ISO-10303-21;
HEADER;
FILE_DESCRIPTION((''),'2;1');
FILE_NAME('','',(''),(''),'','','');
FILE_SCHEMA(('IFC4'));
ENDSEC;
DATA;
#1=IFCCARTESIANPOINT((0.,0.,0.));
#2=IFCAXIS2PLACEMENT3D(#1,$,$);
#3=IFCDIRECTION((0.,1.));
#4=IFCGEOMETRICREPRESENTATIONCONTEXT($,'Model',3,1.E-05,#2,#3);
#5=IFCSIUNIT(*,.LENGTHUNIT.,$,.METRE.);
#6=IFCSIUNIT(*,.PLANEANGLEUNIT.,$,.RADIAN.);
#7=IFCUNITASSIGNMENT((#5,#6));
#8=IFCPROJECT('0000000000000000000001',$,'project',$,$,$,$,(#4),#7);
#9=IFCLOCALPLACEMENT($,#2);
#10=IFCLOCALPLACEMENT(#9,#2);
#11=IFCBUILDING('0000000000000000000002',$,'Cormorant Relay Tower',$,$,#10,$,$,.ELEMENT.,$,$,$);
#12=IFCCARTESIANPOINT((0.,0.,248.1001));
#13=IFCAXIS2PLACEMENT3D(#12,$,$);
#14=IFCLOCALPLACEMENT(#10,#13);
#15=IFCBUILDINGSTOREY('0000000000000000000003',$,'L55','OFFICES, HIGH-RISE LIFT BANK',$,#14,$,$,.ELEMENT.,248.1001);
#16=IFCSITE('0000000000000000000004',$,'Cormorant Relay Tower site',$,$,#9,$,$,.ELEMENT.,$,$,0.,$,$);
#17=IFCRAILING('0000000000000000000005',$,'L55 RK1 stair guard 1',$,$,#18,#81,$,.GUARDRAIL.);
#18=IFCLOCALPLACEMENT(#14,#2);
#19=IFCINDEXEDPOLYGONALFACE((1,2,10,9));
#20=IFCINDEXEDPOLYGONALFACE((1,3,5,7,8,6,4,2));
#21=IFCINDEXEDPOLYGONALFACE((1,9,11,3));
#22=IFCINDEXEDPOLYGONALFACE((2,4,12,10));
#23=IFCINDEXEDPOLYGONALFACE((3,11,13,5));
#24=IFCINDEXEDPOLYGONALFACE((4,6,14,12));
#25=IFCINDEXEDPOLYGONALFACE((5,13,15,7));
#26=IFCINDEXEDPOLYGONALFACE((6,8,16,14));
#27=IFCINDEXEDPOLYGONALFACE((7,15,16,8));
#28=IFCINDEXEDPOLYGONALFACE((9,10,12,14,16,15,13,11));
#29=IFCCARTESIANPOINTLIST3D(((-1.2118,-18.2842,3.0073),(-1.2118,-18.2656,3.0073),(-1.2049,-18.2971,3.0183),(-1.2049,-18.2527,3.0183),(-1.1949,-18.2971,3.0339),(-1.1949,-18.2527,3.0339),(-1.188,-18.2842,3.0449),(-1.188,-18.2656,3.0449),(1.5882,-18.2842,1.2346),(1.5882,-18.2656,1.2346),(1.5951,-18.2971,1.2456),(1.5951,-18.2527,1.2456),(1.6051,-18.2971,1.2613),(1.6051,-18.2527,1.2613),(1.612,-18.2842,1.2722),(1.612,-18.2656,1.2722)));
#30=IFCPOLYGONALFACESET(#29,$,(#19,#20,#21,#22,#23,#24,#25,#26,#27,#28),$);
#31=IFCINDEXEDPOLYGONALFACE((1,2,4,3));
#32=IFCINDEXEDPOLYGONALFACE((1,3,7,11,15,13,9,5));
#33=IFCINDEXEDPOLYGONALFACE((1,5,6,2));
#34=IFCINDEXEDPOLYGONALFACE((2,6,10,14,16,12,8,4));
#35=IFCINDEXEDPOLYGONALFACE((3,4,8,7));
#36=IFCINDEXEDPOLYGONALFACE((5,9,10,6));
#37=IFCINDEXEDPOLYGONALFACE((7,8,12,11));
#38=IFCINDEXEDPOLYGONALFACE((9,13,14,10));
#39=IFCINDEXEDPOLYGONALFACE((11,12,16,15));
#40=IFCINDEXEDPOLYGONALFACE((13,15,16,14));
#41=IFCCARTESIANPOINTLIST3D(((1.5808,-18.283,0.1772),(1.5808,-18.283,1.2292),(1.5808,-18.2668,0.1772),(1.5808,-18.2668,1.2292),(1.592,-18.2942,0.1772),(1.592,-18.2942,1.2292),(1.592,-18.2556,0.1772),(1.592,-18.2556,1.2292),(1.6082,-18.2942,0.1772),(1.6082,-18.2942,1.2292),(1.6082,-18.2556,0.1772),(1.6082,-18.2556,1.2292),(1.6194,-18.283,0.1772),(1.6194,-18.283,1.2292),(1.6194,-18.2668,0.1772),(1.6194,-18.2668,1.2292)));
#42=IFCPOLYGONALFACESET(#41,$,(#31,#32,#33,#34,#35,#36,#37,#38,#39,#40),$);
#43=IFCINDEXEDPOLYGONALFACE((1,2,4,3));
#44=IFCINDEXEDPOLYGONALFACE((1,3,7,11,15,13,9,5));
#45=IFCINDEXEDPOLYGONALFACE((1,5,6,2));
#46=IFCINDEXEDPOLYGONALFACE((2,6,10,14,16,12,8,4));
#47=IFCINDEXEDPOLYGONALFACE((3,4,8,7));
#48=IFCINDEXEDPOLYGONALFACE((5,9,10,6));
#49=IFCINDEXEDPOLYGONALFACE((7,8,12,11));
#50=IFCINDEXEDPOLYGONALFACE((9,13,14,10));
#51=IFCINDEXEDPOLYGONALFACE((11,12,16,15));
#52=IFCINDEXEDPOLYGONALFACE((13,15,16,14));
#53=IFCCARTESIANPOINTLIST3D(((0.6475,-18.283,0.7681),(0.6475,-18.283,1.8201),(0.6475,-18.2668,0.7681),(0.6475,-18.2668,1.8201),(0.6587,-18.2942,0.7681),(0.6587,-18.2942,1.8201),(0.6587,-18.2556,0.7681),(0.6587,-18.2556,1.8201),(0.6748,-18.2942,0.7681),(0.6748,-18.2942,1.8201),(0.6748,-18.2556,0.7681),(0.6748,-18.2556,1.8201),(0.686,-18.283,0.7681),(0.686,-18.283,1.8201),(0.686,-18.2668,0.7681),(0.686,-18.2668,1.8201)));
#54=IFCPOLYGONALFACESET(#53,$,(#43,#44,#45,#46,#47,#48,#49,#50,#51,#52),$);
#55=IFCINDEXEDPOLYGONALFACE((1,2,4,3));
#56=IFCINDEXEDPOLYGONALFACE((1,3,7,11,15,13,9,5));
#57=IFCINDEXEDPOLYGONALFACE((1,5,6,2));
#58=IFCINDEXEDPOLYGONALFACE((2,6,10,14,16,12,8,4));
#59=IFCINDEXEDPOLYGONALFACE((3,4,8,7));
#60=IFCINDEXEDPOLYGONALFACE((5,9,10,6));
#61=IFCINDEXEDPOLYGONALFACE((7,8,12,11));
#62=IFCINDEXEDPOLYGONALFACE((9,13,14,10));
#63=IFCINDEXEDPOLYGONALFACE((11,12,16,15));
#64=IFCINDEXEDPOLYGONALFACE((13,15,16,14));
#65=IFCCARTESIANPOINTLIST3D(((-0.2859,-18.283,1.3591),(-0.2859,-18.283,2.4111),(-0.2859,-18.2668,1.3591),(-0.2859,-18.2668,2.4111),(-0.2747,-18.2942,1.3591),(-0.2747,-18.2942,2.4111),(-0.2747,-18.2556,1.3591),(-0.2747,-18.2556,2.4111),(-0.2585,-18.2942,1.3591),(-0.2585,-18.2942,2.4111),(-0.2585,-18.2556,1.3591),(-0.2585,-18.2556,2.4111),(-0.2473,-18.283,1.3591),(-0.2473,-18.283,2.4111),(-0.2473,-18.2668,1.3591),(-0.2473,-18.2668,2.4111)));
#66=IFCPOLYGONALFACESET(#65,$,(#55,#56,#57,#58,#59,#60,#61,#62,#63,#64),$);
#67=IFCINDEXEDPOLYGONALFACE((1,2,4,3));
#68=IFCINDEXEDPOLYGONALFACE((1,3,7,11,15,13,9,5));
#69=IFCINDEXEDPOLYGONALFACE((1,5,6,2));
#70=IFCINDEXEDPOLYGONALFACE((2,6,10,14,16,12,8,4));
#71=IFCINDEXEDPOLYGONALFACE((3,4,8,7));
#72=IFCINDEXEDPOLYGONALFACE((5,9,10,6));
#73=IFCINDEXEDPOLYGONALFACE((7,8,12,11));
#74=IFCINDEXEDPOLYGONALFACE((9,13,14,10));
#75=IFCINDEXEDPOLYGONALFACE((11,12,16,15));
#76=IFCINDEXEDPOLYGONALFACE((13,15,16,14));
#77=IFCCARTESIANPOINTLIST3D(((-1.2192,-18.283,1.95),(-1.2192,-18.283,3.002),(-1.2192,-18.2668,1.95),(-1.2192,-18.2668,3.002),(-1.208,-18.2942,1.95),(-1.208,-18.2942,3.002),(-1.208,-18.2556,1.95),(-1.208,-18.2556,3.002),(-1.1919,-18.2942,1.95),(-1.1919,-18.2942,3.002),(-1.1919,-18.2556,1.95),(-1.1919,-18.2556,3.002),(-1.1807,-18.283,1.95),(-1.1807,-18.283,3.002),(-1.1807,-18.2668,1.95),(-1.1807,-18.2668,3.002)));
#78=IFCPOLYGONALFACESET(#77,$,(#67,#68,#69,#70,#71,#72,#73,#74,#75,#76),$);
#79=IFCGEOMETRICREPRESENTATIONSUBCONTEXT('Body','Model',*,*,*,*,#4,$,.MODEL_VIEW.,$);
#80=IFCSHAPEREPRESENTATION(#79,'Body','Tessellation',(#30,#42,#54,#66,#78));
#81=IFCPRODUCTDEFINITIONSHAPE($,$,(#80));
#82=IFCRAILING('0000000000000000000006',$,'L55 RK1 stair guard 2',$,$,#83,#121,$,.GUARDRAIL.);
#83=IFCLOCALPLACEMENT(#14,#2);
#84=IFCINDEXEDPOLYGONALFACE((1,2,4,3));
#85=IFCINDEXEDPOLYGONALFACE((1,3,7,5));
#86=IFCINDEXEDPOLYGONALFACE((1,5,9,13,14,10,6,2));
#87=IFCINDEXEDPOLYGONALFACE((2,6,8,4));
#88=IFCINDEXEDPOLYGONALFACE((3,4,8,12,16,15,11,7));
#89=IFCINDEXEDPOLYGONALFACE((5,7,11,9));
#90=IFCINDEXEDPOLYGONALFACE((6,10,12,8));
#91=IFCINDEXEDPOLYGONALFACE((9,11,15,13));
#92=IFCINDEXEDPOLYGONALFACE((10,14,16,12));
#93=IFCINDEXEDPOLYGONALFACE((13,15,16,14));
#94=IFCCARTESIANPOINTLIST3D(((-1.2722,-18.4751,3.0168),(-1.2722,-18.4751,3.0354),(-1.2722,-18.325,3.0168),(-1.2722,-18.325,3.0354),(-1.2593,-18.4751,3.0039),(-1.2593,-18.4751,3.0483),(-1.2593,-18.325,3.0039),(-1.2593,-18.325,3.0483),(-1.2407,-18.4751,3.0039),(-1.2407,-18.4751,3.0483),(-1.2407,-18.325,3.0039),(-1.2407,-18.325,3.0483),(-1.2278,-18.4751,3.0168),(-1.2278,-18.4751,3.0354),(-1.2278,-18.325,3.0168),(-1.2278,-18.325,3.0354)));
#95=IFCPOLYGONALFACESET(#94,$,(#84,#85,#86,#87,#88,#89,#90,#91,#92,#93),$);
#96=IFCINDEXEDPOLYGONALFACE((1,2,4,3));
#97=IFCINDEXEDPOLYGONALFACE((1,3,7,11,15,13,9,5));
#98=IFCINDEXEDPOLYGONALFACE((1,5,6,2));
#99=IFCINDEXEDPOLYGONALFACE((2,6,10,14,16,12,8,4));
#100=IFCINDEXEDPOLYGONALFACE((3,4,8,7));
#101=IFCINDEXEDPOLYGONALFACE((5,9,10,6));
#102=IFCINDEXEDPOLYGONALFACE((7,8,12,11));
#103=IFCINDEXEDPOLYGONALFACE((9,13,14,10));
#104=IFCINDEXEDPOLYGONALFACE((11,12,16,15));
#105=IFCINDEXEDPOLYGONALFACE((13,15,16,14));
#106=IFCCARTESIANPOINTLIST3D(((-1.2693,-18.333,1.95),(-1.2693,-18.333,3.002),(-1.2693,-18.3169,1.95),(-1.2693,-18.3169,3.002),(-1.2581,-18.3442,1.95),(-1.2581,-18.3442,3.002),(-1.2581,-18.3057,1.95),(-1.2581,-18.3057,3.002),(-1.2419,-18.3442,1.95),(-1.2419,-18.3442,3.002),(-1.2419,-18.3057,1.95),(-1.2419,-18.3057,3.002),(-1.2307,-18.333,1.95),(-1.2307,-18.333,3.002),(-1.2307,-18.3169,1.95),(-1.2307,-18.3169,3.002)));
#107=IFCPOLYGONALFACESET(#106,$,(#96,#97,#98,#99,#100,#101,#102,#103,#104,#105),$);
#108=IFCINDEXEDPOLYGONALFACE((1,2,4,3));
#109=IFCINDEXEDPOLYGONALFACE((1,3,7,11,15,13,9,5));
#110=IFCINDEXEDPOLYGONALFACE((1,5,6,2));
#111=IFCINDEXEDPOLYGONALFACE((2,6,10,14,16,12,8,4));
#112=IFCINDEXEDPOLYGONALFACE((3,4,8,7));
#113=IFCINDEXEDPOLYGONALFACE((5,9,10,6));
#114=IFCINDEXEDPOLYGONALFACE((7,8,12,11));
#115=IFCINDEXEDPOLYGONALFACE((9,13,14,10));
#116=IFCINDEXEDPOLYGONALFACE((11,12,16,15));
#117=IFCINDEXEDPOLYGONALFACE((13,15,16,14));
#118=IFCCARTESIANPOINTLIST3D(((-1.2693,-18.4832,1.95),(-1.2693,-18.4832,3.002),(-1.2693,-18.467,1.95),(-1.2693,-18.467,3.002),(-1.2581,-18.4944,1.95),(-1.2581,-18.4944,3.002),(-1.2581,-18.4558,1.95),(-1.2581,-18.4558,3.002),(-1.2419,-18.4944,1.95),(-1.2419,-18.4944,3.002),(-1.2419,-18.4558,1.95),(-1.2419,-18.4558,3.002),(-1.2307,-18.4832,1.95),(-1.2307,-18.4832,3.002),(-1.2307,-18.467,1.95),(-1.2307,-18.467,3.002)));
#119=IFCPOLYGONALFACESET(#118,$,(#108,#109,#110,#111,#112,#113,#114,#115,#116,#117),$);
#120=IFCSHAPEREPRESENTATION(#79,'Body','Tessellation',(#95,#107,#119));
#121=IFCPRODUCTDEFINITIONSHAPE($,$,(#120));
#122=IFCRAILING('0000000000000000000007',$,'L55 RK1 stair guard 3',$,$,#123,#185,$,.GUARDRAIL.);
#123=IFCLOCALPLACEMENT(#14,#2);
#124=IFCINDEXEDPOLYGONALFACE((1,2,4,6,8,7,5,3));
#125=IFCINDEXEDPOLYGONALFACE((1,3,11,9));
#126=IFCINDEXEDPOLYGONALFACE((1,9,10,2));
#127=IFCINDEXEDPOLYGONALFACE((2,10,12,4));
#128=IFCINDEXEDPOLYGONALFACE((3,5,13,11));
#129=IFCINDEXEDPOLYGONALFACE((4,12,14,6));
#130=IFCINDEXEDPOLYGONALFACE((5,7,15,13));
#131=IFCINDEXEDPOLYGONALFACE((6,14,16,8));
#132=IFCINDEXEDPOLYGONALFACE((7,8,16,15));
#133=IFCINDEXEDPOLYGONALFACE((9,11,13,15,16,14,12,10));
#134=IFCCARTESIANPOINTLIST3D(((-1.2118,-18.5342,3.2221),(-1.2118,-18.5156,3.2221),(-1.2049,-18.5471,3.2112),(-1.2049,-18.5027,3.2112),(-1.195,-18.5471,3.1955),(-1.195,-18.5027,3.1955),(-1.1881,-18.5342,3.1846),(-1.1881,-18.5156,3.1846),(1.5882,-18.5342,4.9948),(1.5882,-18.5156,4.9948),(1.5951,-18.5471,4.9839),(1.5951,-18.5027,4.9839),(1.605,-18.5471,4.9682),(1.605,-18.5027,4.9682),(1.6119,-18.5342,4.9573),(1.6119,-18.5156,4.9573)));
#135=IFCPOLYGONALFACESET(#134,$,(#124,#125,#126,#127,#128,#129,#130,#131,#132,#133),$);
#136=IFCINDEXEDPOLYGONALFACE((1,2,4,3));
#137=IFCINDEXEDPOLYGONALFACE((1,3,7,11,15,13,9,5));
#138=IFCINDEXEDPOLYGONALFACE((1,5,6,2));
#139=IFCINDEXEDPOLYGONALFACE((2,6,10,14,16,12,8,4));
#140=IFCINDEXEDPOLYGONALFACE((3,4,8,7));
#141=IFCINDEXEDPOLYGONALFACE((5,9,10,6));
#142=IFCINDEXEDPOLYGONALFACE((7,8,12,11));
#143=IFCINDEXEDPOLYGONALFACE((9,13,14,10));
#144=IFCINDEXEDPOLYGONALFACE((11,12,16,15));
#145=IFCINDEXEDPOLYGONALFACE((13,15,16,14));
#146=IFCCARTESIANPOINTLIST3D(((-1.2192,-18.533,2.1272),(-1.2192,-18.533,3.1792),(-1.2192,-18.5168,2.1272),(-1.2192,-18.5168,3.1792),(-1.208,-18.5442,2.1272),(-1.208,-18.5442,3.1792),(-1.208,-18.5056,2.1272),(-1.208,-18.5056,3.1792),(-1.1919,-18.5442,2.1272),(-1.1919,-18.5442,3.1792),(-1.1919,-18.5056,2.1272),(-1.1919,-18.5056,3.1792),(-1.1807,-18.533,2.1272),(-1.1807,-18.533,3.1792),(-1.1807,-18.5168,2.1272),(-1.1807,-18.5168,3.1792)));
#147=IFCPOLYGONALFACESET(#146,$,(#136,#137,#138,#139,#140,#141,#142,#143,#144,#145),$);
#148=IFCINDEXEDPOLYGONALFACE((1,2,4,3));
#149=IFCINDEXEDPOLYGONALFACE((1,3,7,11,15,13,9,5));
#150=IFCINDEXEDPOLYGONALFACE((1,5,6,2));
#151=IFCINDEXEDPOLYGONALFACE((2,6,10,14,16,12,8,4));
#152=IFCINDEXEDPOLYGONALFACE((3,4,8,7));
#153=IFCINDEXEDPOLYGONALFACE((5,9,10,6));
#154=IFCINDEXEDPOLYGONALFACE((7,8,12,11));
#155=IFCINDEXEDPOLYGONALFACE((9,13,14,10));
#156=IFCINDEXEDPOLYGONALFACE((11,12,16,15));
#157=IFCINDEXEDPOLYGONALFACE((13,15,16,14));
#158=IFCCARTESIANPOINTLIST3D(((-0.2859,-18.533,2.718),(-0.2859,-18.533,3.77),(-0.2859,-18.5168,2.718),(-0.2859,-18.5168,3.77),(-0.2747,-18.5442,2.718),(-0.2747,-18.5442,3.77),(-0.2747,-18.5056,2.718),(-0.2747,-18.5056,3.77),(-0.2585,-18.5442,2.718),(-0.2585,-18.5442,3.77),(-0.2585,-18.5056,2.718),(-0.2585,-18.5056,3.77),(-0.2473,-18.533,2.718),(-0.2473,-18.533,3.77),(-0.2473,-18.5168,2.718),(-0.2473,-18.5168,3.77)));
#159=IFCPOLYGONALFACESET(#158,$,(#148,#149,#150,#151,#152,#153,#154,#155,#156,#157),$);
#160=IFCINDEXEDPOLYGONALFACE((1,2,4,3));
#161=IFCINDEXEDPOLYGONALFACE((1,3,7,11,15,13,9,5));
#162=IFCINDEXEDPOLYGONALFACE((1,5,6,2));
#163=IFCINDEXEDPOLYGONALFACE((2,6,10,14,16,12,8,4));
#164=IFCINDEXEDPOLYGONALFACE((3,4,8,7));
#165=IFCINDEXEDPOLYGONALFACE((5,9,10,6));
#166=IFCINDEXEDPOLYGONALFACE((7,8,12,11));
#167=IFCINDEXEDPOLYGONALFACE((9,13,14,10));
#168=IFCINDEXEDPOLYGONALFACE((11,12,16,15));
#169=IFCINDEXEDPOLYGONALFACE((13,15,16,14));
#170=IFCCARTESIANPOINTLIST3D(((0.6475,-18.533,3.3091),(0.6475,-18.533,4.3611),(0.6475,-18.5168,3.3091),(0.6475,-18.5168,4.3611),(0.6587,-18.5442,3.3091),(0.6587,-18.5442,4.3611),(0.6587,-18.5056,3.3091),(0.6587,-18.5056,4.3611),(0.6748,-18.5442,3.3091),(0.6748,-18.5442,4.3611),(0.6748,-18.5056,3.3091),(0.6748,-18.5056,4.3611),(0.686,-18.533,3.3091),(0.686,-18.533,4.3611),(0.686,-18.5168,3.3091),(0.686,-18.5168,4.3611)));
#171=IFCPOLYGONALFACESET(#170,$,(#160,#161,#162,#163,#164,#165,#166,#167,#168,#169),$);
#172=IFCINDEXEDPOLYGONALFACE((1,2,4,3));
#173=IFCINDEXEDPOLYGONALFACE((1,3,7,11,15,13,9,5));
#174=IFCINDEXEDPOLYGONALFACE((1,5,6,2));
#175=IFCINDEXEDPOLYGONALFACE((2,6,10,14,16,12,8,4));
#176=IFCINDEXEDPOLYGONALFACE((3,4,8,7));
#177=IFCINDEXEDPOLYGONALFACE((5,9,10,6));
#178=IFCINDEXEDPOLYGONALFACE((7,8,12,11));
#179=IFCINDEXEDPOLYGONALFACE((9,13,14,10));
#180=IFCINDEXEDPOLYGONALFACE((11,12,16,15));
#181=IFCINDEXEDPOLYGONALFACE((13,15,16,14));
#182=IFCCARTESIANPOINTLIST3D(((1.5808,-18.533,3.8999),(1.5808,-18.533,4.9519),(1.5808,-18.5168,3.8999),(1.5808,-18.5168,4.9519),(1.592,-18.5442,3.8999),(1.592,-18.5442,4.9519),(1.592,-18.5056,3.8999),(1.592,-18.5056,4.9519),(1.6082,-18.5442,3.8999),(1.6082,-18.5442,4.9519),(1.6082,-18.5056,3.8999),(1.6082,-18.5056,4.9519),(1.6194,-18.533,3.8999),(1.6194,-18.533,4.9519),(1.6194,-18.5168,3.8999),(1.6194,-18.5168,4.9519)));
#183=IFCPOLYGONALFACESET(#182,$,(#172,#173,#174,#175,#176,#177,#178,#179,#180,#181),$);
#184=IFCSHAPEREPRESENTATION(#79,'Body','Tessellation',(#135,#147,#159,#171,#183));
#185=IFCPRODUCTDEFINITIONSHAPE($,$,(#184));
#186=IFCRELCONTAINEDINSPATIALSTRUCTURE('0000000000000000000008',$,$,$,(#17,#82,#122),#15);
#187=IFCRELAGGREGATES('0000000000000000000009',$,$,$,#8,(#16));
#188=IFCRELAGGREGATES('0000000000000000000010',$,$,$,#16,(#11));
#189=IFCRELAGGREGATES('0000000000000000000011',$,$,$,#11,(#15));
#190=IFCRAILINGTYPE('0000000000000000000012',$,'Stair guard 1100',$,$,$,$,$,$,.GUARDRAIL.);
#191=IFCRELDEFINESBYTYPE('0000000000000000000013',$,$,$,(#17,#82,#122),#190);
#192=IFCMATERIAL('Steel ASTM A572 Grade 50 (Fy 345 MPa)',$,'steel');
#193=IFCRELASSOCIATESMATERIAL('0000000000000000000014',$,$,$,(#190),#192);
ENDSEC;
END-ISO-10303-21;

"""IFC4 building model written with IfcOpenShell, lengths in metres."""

from ifc_helpers import new_model, si_unit, direction, frame, origin, place, context, subcontext, project, spatial, polyline, outline, extrude, material, type_object, element, save


model = new_model("IFC4")

# Units and contexts
model_context = context("Model", 3, precision=1e-05, world=origin(), true_north=direction((0.0, 1.0)))
body_context = subcontext(model_context, "Body", "Model", "MODEL_VIEW")
ifc_project = project(units=[si_unit("LENGTHUNIT", "METRE"), si_unit("PLANEANGLEUNIT", "RADIAN")], contexts=[model_context])

# Site, building, storey
site_placement = place(None, origin())
site = spatial("IfcSite", under=ifc_project, at=site_placement, Name="Cormorant Relay Tower site", CompositionType="ELEMENT", RefElevation=0.0)
building_placement = place(site_placement, origin())
building = spatial("IfcBuilding", under=site, at=building_placement, Name="Cormorant Relay Tower", CompositionType="ELEMENT")
storey_placement = place(building_placement, frame((0.0, 0.0, 248.1001)))
storey = spatial("IfcBuildingStorey", under=building, at=storey_placement, Name="L55", Description="OFFICES, HIGH-RISE LIFT BANK", CompositionType="ELEMENT", Elevation=248.1001)

# Railings
ifc_material_1 = material(Name="Steel ASTM A572 Grade 50 (Fy 345 MPa)", Category="steel")
railing_type_1 = type_object("IfcRailingType", Name="Stair guard 1100", PredefinedType="GUARDRAIL", material=ifc_material_1)
railing_1_placement = place(storey_placement, frame((1.6001, -18.2749, 0.1772)))
element("IfcRailing", 1, at=railing_1_placement, inside=storey, type_object=railing_type_1, Name="L55 RK1 stair guard 1", PredefinedType="GUARDRAIL", context=body_context, shape_type="SweptSolid", body=[
    extrude(outline(polyline([(0.0222, 0.0093), (0.0093, 0.0222), (-0.0093, 0.0222), (-0.0222, 0.0093), (-0.0222, -0.0093), (-0.0093, -0.0222), (0.0093, -0.0222), (0.0222, -0.0093), (0.0222, 0.0093)])), frame((0.0, 0.0, 1.0762), z_axis=(-0.844909, 0.0, 0.53491), x_axis=(0.0, -1.0, 0.0)), (0.0, 0.0, 1.0), 3.314),
    extrude(outline(polyline([(0.0193, 0.0081), (0.0081, 0.0193), (-0.0081, 0.0193), (-0.0193, 0.0081), (-0.0193, -0.0081), (-0.0081, -0.0193), (0.0081, -0.0193), (0.0193, -0.0081), (0.0193, 0.0081)])), origin(), (0.0, 0.0, 1.0), 1.052),
    extrude(outline(polyline([(0.0193, 0.0081), (0.0081, 0.0193), (-0.0081, 0.0193), (-0.0193, 0.0081), (-0.0193, -0.0081), (-0.0081, -0.0193), (0.0081, -0.0193), (0.0193, -0.0081), (0.0193, 0.0081)])), frame((-0.9333, 0.0, 0.5908)), (0.0, 0.0, 1.0), 1.052),
    extrude(outline(polyline([(0.0193, 0.0081), (0.0081, 0.0193), (-0.0081, 0.0193), (-0.0193, 0.0081), (-0.0193, -0.0081), (-0.0081, -0.0193), (0.0081, -0.0193), (0.0193, -0.0081), (0.0193, 0.0081)])), frame((-1.8667, 0.0, 1.1819)), (0.0, 0.0, 1.0), 1.052),
    extrude(outline(polyline([(0.0193, 0.0081), (0.0081, 0.0193), (-0.0081, 0.0193), (-0.0193, 0.0081), (-0.0193, -0.0081), (-0.0081, -0.0193), (0.0081, -0.0193), (0.0193, -0.0081), (0.0193, 0.0081)])), frame((-2.8, 0.0, 1.7727)), (0.0, 0.0, 1.0), 1.052),
])
railing_2_placement = place(storey_placement, frame((-1.25, -18.325, 1.95)))
element("IfcRailing", 2, at=railing_2_placement, inside=storey, type_object=railing_type_1, Name="L55 RK1 stair guard 2", PredefinedType="GUARDRAIL", context=body_context, shape_type="SweptSolid", body=[
    extrude(outline(polyline([(0.0222, 0.0093), (0.0093, 0.0222), (-0.0093, 0.0222), (-0.0222, 0.0093), (-0.0222, -0.0093), (-0.0093, -0.0222), (0.0093, -0.0222), (0.0222, -0.0093), (0.0222, 0.0093)])), frame((0.0, 0.0, 1.0762), z_axis=(0.0, -1.0, 0.0), x_axis=(1.0, 0.0, 0.0)), (0.0, 0.0, 1.0), 0.1501),
    extrude(outline(polyline([(0.0193, 0.0081), (0.0081, 0.0193), (-0.0081, 0.0193), (-0.0193, 0.0081), (-0.0193, -0.0081), (-0.0081, -0.0193), (0.0081, -0.0193), (0.0193, -0.0081), (0.0193, 0.0081)])), origin(), (0.0, 0.0, 1.0), 1.052),
    extrude(outline(polyline([(0.0193, 0.0081), (0.0081, 0.0193), (-0.0081, 0.0193), (-0.0193, 0.0081), (-0.0193, -0.0081), (-0.0081, -0.0193), (0.0081, -0.0193), (0.0193, -0.0081), (0.0193, 0.0081)])), frame((0.0, -0.1501, 0.0)), (0.0, 0.0, 1.0), 1.052),
])
railing_3_placement = place(storey_placement, frame((-1.2, -18.5249, 2.1272)))
element("IfcRailing", 3, at=railing_3_placement, inside=storey, type_object=railing_type_1, Name="L55 RK1 stair guard 3", PredefinedType="GUARDRAIL", context=body_context, shape_type="SweptSolid", body=[
    extrude(outline(polyline([(0.0222, 0.0093), (0.0093, 0.0222), (-0.0093, 0.0222), (-0.0222, 0.0093), (-0.0222, -0.0093), (-0.0093, -0.0222), (0.0093, -0.0222), (0.0222, -0.0093), (0.0222, 0.0093)])), frame((0.0, 0.0, 1.0762), z_axis=(0.844909, 0.0, 0.53491), x_axis=(0.0, 1.0, 0.0)), (0.0, 0.0, 1.0), 3.314),
    extrude(outline(polyline([(0.0193, 0.0081), (0.0081, 0.0193), (-0.0081, 0.0193), (-0.0193, 0.0081), (-0.0193, -0.0081), (-0.0081, -0.0193), (0.0081, -0.0193), (0.0193, -0.0081), (0.0193, 0.0081)])), origin(), (0.0, 0.0, 1.0), 1.052),
    extrude(outline(polyline([(0.0193, 0.0081), (0.0081, 0.0193), (-0.0081, 0.0193), (-0.0193, 0.0081), (-0.0193, -0.0081), (-0.0081, -0.0193), (0.0081, -0.0193), (0.0193, -0.0081), (0.0193, 0.0081)])), frame((0.9333, 0.0, 0.5908)), (0.0, 0.0, 1.0), 1.052),
    extrude(outline(polyline([(0.0193, 0.0081), (0.0081, 0.0193), (-0.0081, 0.0193), (-0.0193, 0.0081), (-0.0193, -0.0081), (-0.0081, -0.0193), (0.0081, -0.0193), (0.0193, -0.0081), (0.0193, 0.0081)])), frame((1.8667, 0.0, 1.1819)), (0.0, 0.0, 1.0), 1.052),
    extrude(outline(polyline([(0.0193, 0.0081), (0.0081, 0.0193), (-0.0081, 0.0193), (-0.0193, 0.0081), (-0.0193, -0.0081), (-0.0081, -0.0193), (0.0081, -0.0193), (0.0193, -0.0081), (0.0193, 0.0081)])), frame((2.8, 0.0, 1.7727)), (0.0, 0.0, 1.0), 1.052),
])

save(model, "model.ifc")
